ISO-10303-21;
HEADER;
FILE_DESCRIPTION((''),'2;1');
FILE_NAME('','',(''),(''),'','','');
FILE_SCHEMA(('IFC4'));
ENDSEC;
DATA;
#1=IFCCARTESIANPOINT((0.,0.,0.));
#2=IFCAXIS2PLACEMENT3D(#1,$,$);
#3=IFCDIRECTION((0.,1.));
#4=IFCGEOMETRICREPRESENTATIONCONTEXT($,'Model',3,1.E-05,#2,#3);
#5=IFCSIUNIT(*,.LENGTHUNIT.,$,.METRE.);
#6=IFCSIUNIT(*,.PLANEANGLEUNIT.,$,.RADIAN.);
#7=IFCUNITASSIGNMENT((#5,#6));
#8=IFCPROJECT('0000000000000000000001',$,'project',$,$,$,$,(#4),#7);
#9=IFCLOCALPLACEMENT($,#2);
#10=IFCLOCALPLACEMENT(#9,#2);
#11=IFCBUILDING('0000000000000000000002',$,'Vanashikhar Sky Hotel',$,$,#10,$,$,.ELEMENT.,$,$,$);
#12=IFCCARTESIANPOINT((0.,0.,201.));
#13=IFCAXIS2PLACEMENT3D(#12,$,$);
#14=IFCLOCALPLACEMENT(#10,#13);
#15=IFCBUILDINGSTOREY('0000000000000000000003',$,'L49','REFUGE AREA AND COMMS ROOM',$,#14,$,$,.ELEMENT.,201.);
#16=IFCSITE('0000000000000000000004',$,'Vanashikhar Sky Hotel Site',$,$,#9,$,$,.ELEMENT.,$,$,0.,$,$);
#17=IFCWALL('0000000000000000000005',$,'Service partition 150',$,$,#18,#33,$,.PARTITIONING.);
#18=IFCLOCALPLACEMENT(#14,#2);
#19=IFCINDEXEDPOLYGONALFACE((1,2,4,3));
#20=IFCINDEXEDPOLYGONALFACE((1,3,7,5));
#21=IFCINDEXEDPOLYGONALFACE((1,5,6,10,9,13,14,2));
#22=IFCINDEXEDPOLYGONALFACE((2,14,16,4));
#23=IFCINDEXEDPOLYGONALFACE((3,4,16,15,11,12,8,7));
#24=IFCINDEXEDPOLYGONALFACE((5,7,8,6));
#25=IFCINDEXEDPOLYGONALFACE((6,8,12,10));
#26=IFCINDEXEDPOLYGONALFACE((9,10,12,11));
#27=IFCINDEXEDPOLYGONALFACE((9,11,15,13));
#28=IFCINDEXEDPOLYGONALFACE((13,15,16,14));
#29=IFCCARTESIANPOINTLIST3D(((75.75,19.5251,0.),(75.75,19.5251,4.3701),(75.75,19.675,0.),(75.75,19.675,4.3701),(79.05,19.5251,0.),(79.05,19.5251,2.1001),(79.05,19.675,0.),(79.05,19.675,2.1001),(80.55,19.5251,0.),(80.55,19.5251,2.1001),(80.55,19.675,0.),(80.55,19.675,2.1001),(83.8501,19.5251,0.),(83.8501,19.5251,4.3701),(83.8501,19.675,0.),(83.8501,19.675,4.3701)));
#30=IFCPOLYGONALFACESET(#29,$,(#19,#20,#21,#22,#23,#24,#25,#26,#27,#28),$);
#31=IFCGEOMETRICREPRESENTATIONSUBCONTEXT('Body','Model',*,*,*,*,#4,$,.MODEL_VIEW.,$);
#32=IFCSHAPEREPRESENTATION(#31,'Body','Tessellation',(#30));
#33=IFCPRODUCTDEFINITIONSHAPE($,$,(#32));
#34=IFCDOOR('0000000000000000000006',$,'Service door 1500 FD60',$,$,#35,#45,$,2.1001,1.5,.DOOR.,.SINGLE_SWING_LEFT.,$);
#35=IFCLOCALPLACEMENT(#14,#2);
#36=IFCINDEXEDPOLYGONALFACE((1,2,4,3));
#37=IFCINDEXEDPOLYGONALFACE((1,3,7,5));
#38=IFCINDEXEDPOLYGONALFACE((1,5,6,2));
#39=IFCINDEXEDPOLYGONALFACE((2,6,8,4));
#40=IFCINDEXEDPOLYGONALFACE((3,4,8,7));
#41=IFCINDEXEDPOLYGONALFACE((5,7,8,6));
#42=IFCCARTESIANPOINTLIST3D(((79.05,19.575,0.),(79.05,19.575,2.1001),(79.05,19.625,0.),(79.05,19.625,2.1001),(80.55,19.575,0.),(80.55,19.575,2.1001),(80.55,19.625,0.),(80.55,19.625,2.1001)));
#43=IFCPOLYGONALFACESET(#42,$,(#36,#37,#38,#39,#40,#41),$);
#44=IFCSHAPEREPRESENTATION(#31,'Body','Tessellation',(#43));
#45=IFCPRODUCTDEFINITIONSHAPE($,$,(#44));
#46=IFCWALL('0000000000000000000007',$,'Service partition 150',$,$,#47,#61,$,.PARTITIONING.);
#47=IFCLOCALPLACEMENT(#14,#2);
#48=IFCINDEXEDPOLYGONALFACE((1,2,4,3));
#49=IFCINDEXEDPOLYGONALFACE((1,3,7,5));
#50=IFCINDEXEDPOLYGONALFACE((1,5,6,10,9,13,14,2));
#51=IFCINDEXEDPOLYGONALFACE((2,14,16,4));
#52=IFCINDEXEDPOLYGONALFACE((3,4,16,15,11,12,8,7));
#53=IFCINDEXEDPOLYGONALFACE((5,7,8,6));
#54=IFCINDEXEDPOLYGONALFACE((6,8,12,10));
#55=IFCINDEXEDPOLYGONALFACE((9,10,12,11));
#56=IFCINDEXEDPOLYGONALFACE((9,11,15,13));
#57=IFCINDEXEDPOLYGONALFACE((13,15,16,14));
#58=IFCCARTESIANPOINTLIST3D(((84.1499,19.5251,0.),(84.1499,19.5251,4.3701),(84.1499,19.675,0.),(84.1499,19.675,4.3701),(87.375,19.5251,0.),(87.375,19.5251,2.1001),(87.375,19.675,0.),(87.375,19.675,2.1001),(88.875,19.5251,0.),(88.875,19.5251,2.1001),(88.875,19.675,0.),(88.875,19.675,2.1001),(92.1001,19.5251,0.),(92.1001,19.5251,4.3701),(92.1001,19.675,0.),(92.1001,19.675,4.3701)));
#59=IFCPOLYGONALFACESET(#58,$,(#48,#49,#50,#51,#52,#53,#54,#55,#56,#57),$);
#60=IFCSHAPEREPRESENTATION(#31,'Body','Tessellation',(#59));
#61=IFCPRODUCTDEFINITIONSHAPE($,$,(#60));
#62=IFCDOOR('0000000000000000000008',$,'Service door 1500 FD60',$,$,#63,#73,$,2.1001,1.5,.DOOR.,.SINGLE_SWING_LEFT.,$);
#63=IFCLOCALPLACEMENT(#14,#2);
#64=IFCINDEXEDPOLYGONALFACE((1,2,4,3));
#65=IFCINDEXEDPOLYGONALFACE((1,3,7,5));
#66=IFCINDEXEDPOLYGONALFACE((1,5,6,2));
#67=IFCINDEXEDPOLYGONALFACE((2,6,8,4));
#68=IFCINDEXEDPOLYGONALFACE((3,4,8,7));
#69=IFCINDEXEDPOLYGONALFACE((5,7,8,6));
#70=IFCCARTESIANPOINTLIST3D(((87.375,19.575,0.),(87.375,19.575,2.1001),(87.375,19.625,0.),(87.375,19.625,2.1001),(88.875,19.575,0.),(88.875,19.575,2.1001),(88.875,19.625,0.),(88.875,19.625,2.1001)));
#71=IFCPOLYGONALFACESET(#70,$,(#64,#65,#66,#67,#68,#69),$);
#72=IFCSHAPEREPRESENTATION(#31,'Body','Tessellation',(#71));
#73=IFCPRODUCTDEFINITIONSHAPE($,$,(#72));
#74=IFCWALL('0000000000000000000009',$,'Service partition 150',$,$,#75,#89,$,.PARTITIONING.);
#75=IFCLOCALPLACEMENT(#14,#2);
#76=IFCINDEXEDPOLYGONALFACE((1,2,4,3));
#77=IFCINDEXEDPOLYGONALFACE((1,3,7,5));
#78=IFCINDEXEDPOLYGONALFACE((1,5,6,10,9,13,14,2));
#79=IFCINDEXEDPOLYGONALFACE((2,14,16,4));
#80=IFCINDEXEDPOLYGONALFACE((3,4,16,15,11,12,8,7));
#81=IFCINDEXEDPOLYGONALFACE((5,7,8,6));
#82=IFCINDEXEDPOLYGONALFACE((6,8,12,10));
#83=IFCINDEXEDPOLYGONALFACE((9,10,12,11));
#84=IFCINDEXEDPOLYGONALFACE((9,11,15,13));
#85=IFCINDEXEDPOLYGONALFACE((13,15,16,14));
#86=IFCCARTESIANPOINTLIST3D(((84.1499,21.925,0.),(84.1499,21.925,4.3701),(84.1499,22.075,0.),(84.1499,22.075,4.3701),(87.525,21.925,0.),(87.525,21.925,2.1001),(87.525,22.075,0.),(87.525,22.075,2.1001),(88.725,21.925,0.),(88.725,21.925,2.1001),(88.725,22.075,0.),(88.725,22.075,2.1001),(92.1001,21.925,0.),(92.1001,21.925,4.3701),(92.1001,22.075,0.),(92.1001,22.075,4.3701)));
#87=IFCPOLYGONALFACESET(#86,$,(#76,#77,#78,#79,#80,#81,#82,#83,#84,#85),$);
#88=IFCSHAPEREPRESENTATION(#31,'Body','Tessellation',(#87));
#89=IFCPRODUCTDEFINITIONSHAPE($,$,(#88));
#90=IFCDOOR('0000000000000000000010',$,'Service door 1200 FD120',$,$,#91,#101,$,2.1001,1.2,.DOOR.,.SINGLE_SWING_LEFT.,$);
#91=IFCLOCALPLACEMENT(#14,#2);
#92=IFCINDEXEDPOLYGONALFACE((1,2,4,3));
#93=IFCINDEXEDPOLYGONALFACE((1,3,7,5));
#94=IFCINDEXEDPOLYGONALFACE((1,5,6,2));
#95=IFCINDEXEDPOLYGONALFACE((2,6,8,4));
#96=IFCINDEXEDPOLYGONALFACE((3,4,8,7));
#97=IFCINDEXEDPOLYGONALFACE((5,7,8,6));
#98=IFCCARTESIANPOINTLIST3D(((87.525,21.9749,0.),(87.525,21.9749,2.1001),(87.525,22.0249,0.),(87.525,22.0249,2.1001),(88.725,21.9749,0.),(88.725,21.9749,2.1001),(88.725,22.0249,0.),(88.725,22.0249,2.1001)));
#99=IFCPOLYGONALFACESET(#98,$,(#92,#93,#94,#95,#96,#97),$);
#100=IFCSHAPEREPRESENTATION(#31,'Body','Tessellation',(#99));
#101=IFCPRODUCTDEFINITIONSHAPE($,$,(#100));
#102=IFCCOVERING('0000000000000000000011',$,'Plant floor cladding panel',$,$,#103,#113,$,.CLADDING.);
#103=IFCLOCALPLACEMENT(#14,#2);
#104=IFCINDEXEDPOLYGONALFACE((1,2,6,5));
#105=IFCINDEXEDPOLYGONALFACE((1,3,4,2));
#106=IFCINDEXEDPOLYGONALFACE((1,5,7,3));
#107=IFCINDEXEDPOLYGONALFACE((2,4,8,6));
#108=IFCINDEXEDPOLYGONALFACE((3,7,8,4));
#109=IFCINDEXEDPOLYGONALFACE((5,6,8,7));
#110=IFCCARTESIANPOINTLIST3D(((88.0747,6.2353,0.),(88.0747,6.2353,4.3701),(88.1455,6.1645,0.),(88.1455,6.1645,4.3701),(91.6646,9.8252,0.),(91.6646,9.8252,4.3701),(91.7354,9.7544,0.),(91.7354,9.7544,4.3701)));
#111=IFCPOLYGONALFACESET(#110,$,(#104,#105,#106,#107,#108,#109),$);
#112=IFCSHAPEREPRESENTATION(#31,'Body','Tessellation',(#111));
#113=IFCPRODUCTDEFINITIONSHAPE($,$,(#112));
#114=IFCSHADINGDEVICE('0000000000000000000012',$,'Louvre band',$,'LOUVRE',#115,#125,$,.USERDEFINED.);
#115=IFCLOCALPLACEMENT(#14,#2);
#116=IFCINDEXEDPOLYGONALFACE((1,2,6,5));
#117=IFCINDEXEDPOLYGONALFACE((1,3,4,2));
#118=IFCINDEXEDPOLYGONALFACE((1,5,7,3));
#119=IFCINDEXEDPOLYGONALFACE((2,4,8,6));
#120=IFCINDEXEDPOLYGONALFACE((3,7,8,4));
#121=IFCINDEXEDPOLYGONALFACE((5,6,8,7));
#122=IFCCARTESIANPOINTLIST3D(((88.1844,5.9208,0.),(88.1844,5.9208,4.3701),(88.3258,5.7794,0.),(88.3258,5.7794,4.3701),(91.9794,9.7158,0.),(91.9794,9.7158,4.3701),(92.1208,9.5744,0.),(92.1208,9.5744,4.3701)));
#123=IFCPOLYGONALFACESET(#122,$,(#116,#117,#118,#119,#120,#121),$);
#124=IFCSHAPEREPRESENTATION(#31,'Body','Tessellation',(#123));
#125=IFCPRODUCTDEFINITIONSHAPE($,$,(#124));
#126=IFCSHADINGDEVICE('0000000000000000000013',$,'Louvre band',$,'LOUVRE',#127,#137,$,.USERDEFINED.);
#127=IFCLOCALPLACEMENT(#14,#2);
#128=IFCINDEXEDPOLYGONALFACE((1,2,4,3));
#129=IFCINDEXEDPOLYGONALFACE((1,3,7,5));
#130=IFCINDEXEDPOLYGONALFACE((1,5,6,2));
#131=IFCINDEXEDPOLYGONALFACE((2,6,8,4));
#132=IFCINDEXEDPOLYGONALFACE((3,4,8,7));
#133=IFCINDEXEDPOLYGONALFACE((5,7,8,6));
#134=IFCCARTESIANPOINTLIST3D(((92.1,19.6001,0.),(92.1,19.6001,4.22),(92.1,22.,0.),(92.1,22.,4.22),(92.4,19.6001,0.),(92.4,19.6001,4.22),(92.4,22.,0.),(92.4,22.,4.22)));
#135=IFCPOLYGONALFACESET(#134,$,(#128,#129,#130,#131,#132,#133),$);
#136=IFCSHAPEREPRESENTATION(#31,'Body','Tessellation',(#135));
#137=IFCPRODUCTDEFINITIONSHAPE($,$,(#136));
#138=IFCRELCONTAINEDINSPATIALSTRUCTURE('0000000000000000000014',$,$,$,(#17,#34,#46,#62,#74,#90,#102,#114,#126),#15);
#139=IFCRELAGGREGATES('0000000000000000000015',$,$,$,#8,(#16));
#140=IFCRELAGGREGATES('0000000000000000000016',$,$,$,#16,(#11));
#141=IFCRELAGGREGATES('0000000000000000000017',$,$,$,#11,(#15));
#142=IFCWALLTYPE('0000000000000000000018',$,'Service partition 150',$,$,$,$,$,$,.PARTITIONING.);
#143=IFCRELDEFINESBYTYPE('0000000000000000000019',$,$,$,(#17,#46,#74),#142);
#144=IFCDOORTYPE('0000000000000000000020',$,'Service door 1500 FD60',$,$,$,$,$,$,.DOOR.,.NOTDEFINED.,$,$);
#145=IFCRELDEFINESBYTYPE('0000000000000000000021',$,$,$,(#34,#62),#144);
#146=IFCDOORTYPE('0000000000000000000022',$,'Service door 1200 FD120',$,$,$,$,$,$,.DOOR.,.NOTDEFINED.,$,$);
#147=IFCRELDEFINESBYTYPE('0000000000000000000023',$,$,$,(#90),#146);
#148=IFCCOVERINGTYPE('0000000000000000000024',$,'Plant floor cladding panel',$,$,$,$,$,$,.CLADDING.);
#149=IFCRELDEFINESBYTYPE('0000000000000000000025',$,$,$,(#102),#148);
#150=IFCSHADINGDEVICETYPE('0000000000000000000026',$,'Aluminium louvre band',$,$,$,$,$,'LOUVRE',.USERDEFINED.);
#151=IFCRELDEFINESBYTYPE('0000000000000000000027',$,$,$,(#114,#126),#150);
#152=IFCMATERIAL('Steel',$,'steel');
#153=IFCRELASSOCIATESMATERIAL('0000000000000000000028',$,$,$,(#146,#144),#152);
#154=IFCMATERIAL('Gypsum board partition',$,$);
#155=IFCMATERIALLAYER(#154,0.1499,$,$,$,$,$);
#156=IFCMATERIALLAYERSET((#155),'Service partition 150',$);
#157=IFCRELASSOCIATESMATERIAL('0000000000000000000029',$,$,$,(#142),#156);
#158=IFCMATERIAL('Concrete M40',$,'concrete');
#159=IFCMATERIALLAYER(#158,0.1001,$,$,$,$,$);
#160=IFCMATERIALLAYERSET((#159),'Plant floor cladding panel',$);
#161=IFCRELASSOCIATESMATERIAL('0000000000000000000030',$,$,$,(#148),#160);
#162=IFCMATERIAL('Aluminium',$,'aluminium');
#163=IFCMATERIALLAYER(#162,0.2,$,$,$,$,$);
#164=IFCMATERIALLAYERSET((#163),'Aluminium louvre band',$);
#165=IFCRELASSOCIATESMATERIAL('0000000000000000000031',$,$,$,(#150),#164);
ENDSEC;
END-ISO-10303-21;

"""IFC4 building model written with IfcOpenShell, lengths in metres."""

from ifc_helpers import new_model, si_unit, direction, frame, frame_2d, origin, origin_2d, place, context, subcontext, project, spatial, rectangle, extrude, source, transform, mapped, material, layer, layer_set, type_object, element, fill, save


model = new_model("IFC4")

# Units and contexts
model_context = context("Model", 3, precision=1e-05, world=origin(), true_north=direction((0.0, 1.0)))
body_context = subcontext(model_context, "Body", "Model", "MODEL_VIEW")
ifc_project = project(units=[si_unit("LENGTHUNIT", "METRE"), si_unit("PLANEANGLEUNIT", "RADIAN")], contexts=[model_context])

# Site, building, storey
site_placement = place(None, origin())
site = spatial("IfcSite", under=ifc_project, at=site_placement, Name="Vanashikhar Sky Hotel Site", CompositionType="ELEMENT", RefElevation=0.0)
building_placement = place(site_placement, origin())
building = spatial("IfcBuilding", under=site, at=building_placement, Name="Vanashikhar Sky Hotel", CompositionType="ELEMENT")
storey_placement = place(building_placement, frame((0.0, 0.0, 201.0)))
storey = spatial("IfcBuildingStorey", under=building, at=storey_placement, Name="L49", Description="REFUGE AREA AND COMMS ROOM", CompositionType="ELEMENT", Elevation=201.0)

# Shared definitions
ifc_material_1 = material(Name="Steel", Category="steel")
door_type_1 = type_object("IfcDoorType", Name="Service door 1200 FD120", OperationType="NOTDEFINED", PredefinedType="DOOR", material=ifc_material_1)
shared_shape_1 = source(origin(), body_context, "Body", "SweptSolid", [
    extrude(rectangle(XDim=1.2, YDim=2.1001, at=frame_2d((0.6001, 1.05))), frame((0.0, 0.0249, 0.0), z_axis=(0.0, -1.0, 0.0), x_axis=(1.0, 0.0, 0.0)), (0.0, 0.0, 1.0), 0.05),
])

# Walls, openings, doors
ifc_material_2 = material(Name="Gypsum board partition")
ifc_layer_1 = layer(ifc_material_2, 0.1499)
ifc_layer_set_1 = layer_set([ifc_layer_1], Name="Service partition 150")
wall_type_1 = type_object("IfcWallType", Name="Service partition 150", PredefinedType="PARTITIONING", material=ifc_layer_set_1)
shared_shape_2 = source(origin(), body_context, "Body", "SweptSolid", [
    extrude(rectangle(XDim=8.1001, YDim=0.1499, at=frame_2d((4.05, 0.0))), origin(), (0.0, 0.0, 1.0), 4.3701),
])
wall_1_placement = place(storey_placement, frame((75.75, 19.6001, 0.0), z_axis=(0.0, 0.0, 1.0), x_axis=(1.0, 0.0, 0.0)))
wall_1 = element("IfcWall", 1, at=wall_1_placement, inside=storey, type_object=wall_type_1, Name="Service partition 150", PredefinedType="PARTITIONING", context=body_context, shape_type="MappedRepresentation", body=[
    mapped(shared_shape_2, transform((0.0, 0.0, 0.0), scale=1.0)),
])
shared_shape_3 = source(origin(), body_context, "Body", "SweptSolid", [
    extrude(rectangle(XDim=1.5, YDim=2.1001, at=frame_2d((0.75, 1.05))), frame((0.0, 0.085, 0.0), z_axis=(0.0, -1.0, 0.0), x_axis=(1.0, 0.0, 0.0)), (0.0, 0.0, 1.0), 0.1699),
])
opening_1_placement = place(wall_1_placement, frame((3.3, 0.0, 0.0)))
opening_1 = element("IfcOpeningElement", 2, at=opening_1_placement, cuts=wall_1, PredefinedType="OPENING", context=body_context, shape_type="MappedRepresentation", body=[
    mapped(shared_shape_3, transform((0.0, 0.0, 0.0), scale=1.0)),
])
door_type_2 = type_object("IfcDoorType", Name="Service door 1500 FD60", OperationType="NOTDEFINED", PredefinedType="DOOR", material=ifc_material_1)
shared_shape_4 = source(origin(), body_context, "Body", "SweptSolid", [
    extrude(rectangle(XDim=1.5, YDim=2.1001, at=frame_2d((0.75, 1.05))), frame((0.0, 0.0249, 0.0), z_axis=(0.0, -1.0, 0.0), x_axis=(1.0, 0.0, 0.0)), (0.0, 0.0, 1.0), 0.05),
])
door_1_placement = place(opening_1_placement, origin())
door_1 = element("IfcDoor", 3, at=door_1_placement, inside=storey, type_object=door_type_2, Name="Service door 1500 FD60", OperationType="SINGLE_SWING_LEFT", OverallHeight=2.1001, OverallWidth=1.5, PredefinedType="DOOR", context=body_context, shape_type="MappedRepresentation", body=[
    mapped(shared_shape_4, transform((0.0, 0.0, 0.0), scale=1.0)),
])
fill(opening_1, door_1)
shared_shape_5 = source(origin(), body_context, "Body", "SweptSolid", [
    extrude(rectangle(XDim=7.9502, YDim=0.1499, at=frame_2d((3.9751, 0.0))), origin(), (0.0, 0.0, 1.0), 4.3701),
])
wall_2_placement = place(storey_placement, frame((84.1499, 19.6001, 0.0), z_axis=(0.0, 0.0, 1.0), x_axis=(1.0, 0.0, 0.0)))
wall_2 = element("IfcWall", 4, at=wall_2_placement, inside=storey, type_object=wall_type_1, Name="Service partition 150", PredefinedType="PARTITIONING", context=body_context, shape_type="MappedRepresentation", body=[
    mapped(shared_shape_5, transform((0.0, 0.0, 0.0), scale=1.0)),
])
opening_2_placement = place(wall_2_placement, frame((3.2251, 0.0, 0.0)))
opening_2 = element("IfcOpeningElement", 5, at=opening_2_placement, cuts=wall_2, PredefinedType="OPENING", context=body_context, shape_type="MappedRepresentation", body=[
    mapped(shared_shape_3, transform((0.0, 0.0, 0.0), scale=1.0)),
])
door_2_placement = place(opening_2_placement, origin())
door_2 = element("IfcDoor", 6, at=door_2_placement, inside=storey, type_object=door_type_2, Name="Service door 1500 FD60", OperationType="SINGLE_SWING_LEFT", OverallHeight=2.1001, OverallWidth=1.5, PredefinedType="DOOR", context=body_context, shape_type="MappedRepresentation", body=[
    mapped(shared_shape_4, transform((0.0, 0.0, 0.0), scale=1.0)),
])
fill(opening_2, door_2)
wall_3_placement = place(storey_placement, frame((84.1499, 22.0, 0.0), z_axis=(0.0, 0.0, 1.0), x_axis=(1.0, 0.0, 0.0)))
wall_3 = element("IfcWall", 7, at=wall_3_placement, inside=storey, type_object=wall_type_1, Name="Service partition 150", PredefinedType="PARTITIONING", context=body_context, shape_type="MappedRepresentation", body=[
    mapped(shared_shape_5, transform((0.0, 0.0, 0.0), scale=1.0)),
])
shared_shape_6 = source(origin(), body_context, "Body", "SweptSolid", [
    extrude(rectangle(XDim=1.2, YDim=2.1001, at=frame_2d((0.6001, 1.05))), frame((0.0, 0.085, 0.0), z_axis=(0.0, -1.0, 0.0), x_axis=(1.0, 0.0, 0.0)), (0.0, 0.0, 1.0), 0.1699),
])
opening_3_placement = place(wall_3_placement, frame((3.375, 0.0, 0.0)))
opening_3 = element("IfcOpeningElement", 8, at=opening_3_placement, cuts=wall_3, PredefinedType="OPENING", context=body_context, shape_type="MappedRepresentation", body=[
    mapped(shared_shape_6, transform((0.0, 0.0, 0.0), scale=1.0)),
])
door_3_placement = place(opening_3_placement, origin())
door_3 = element("IfcDoor", 9, at=door_3_placement, inside=storey, type_object=door_type_1, Name="Service door 1200 FD120", OperationType="SINGLE_SWING_LEFT", OverallHeight=2.1001, OverallWidth=1.2, PredefinedType="DOOR", context=body_context, shape_type="MappedRepresentation", body=[
    mapped(shared_shape_1, transform((0.0, 0.0, 0.0), scale=1.0)),
])
fill(opening_3, door_3)

# Covering
ifc_material_3 = material(Name="Concrete M40", Category="concrete")
ifc_layer_2 = layer(ifc_material_3, 0.1001)
ifc_layer_set_2 = layer_set([ifc_layer_2], Name="Plant floor cladding panel")
covering_type = type_object("IfcCoveringType", Name="Plant floor cladding panel", PredefinedType="CLADDING", material=ifc_layer_set_2)
shared_shape_7 = source(origin(), body_context, "Body", "SweptSolid", [
    extrude(rectangle(XDim=5.0769, YDim=0.1001, at=origin_2d()), origin(), (0.0, 0.0, 1.0), 4.3701),
])
covering_placement = place(storey_placement, frame((89.905, 7.9949, 0.0), z_axis=(0.0, 0.0, 1.0), x_axis=(0.707107, 0.707107, 0.0)))
element("IfcCovering", 10, at=covering_placement, inside=storey, type_object=covering_type, Name="Plant floor cladding panel", PredefinedType="CLADDING", context=body_context, shape_type="MappedRepresentation", body=[
    mapped(shared_shape_7, transform((0.0, 0.0, 0.0), scale=1.0)),
])

# Shading devices
ifc_material_4 = material(Name="Aluminium", Category="aluminium")
ifc_layer_3 = layer(ifc_material_4, 0.2)
ifc_layer_set_3 = layer_set([ifc_layer_3], Name="Aluminium louvre band")
shading_device_type = type_object("IfcShadingDeviceType", Name="Aluminium louvre band", ElementType="LOUVRE", PredefinedType="USERDEFINED", material=ifc_layer_set_3)
shared_shape_8 = source(origin(), body_context, "Body", "SweptSolid", [
    extrude(rectangle(XDim=5.3669, YDim=0.2, at=origin_2d()), origin(), (0.0, 0.0, 1.0), 4.3701),
])
shading_device_1_placement = place(storey_placement, frame((90.1526, 7.7476, 0.0), z_axis=(0.0, 0.0, 1.0), x_axis=(0.707107, 0.707107, 0.0)))
element("IfcShadingDevice", 11, at=shading_device_1_placement, inside=storey, type_object=shading_device_type, Name="Louvre band", ObjectType="LOUVRE", PredefinedType="USERDEFINED", context=body_context, shape_type="MappedRepresentation", body=[
    mapped(shared_shape_8, transform((0.0, 0.0, 0.0), scale=1.0)),
])
shared_shape_9 = source(origin(), body_context, "Body", "SweptSolid", [
    extrude(rectangle(XDim=0.3, YDim=2.3999, at=origin_2d()), origin(), (0.0, 0.0, 1.0), 4.22),
])
shading_device_2_placement = place(storey_placement, frame((92.25, 20.8, 0.0), z_axis=(0.0, 0.0, 1.0), x_axis=(1.0, 0.0, 0.0)))
element("IfcShadingDevice", 12, at=shading_device_2_placement, inside=storey, type_object=shading_device_type, Name="Louvre band", ObjectType="LOUVRE", PredefinedType="USERDEFINED", context=body_context, shape_type="MappedRepresentation", body=[
    mapped(shared_shape_9, transform((0.0, 0.0, 0.0), scale=1.0)),
])

save(model, "model.ifc")
